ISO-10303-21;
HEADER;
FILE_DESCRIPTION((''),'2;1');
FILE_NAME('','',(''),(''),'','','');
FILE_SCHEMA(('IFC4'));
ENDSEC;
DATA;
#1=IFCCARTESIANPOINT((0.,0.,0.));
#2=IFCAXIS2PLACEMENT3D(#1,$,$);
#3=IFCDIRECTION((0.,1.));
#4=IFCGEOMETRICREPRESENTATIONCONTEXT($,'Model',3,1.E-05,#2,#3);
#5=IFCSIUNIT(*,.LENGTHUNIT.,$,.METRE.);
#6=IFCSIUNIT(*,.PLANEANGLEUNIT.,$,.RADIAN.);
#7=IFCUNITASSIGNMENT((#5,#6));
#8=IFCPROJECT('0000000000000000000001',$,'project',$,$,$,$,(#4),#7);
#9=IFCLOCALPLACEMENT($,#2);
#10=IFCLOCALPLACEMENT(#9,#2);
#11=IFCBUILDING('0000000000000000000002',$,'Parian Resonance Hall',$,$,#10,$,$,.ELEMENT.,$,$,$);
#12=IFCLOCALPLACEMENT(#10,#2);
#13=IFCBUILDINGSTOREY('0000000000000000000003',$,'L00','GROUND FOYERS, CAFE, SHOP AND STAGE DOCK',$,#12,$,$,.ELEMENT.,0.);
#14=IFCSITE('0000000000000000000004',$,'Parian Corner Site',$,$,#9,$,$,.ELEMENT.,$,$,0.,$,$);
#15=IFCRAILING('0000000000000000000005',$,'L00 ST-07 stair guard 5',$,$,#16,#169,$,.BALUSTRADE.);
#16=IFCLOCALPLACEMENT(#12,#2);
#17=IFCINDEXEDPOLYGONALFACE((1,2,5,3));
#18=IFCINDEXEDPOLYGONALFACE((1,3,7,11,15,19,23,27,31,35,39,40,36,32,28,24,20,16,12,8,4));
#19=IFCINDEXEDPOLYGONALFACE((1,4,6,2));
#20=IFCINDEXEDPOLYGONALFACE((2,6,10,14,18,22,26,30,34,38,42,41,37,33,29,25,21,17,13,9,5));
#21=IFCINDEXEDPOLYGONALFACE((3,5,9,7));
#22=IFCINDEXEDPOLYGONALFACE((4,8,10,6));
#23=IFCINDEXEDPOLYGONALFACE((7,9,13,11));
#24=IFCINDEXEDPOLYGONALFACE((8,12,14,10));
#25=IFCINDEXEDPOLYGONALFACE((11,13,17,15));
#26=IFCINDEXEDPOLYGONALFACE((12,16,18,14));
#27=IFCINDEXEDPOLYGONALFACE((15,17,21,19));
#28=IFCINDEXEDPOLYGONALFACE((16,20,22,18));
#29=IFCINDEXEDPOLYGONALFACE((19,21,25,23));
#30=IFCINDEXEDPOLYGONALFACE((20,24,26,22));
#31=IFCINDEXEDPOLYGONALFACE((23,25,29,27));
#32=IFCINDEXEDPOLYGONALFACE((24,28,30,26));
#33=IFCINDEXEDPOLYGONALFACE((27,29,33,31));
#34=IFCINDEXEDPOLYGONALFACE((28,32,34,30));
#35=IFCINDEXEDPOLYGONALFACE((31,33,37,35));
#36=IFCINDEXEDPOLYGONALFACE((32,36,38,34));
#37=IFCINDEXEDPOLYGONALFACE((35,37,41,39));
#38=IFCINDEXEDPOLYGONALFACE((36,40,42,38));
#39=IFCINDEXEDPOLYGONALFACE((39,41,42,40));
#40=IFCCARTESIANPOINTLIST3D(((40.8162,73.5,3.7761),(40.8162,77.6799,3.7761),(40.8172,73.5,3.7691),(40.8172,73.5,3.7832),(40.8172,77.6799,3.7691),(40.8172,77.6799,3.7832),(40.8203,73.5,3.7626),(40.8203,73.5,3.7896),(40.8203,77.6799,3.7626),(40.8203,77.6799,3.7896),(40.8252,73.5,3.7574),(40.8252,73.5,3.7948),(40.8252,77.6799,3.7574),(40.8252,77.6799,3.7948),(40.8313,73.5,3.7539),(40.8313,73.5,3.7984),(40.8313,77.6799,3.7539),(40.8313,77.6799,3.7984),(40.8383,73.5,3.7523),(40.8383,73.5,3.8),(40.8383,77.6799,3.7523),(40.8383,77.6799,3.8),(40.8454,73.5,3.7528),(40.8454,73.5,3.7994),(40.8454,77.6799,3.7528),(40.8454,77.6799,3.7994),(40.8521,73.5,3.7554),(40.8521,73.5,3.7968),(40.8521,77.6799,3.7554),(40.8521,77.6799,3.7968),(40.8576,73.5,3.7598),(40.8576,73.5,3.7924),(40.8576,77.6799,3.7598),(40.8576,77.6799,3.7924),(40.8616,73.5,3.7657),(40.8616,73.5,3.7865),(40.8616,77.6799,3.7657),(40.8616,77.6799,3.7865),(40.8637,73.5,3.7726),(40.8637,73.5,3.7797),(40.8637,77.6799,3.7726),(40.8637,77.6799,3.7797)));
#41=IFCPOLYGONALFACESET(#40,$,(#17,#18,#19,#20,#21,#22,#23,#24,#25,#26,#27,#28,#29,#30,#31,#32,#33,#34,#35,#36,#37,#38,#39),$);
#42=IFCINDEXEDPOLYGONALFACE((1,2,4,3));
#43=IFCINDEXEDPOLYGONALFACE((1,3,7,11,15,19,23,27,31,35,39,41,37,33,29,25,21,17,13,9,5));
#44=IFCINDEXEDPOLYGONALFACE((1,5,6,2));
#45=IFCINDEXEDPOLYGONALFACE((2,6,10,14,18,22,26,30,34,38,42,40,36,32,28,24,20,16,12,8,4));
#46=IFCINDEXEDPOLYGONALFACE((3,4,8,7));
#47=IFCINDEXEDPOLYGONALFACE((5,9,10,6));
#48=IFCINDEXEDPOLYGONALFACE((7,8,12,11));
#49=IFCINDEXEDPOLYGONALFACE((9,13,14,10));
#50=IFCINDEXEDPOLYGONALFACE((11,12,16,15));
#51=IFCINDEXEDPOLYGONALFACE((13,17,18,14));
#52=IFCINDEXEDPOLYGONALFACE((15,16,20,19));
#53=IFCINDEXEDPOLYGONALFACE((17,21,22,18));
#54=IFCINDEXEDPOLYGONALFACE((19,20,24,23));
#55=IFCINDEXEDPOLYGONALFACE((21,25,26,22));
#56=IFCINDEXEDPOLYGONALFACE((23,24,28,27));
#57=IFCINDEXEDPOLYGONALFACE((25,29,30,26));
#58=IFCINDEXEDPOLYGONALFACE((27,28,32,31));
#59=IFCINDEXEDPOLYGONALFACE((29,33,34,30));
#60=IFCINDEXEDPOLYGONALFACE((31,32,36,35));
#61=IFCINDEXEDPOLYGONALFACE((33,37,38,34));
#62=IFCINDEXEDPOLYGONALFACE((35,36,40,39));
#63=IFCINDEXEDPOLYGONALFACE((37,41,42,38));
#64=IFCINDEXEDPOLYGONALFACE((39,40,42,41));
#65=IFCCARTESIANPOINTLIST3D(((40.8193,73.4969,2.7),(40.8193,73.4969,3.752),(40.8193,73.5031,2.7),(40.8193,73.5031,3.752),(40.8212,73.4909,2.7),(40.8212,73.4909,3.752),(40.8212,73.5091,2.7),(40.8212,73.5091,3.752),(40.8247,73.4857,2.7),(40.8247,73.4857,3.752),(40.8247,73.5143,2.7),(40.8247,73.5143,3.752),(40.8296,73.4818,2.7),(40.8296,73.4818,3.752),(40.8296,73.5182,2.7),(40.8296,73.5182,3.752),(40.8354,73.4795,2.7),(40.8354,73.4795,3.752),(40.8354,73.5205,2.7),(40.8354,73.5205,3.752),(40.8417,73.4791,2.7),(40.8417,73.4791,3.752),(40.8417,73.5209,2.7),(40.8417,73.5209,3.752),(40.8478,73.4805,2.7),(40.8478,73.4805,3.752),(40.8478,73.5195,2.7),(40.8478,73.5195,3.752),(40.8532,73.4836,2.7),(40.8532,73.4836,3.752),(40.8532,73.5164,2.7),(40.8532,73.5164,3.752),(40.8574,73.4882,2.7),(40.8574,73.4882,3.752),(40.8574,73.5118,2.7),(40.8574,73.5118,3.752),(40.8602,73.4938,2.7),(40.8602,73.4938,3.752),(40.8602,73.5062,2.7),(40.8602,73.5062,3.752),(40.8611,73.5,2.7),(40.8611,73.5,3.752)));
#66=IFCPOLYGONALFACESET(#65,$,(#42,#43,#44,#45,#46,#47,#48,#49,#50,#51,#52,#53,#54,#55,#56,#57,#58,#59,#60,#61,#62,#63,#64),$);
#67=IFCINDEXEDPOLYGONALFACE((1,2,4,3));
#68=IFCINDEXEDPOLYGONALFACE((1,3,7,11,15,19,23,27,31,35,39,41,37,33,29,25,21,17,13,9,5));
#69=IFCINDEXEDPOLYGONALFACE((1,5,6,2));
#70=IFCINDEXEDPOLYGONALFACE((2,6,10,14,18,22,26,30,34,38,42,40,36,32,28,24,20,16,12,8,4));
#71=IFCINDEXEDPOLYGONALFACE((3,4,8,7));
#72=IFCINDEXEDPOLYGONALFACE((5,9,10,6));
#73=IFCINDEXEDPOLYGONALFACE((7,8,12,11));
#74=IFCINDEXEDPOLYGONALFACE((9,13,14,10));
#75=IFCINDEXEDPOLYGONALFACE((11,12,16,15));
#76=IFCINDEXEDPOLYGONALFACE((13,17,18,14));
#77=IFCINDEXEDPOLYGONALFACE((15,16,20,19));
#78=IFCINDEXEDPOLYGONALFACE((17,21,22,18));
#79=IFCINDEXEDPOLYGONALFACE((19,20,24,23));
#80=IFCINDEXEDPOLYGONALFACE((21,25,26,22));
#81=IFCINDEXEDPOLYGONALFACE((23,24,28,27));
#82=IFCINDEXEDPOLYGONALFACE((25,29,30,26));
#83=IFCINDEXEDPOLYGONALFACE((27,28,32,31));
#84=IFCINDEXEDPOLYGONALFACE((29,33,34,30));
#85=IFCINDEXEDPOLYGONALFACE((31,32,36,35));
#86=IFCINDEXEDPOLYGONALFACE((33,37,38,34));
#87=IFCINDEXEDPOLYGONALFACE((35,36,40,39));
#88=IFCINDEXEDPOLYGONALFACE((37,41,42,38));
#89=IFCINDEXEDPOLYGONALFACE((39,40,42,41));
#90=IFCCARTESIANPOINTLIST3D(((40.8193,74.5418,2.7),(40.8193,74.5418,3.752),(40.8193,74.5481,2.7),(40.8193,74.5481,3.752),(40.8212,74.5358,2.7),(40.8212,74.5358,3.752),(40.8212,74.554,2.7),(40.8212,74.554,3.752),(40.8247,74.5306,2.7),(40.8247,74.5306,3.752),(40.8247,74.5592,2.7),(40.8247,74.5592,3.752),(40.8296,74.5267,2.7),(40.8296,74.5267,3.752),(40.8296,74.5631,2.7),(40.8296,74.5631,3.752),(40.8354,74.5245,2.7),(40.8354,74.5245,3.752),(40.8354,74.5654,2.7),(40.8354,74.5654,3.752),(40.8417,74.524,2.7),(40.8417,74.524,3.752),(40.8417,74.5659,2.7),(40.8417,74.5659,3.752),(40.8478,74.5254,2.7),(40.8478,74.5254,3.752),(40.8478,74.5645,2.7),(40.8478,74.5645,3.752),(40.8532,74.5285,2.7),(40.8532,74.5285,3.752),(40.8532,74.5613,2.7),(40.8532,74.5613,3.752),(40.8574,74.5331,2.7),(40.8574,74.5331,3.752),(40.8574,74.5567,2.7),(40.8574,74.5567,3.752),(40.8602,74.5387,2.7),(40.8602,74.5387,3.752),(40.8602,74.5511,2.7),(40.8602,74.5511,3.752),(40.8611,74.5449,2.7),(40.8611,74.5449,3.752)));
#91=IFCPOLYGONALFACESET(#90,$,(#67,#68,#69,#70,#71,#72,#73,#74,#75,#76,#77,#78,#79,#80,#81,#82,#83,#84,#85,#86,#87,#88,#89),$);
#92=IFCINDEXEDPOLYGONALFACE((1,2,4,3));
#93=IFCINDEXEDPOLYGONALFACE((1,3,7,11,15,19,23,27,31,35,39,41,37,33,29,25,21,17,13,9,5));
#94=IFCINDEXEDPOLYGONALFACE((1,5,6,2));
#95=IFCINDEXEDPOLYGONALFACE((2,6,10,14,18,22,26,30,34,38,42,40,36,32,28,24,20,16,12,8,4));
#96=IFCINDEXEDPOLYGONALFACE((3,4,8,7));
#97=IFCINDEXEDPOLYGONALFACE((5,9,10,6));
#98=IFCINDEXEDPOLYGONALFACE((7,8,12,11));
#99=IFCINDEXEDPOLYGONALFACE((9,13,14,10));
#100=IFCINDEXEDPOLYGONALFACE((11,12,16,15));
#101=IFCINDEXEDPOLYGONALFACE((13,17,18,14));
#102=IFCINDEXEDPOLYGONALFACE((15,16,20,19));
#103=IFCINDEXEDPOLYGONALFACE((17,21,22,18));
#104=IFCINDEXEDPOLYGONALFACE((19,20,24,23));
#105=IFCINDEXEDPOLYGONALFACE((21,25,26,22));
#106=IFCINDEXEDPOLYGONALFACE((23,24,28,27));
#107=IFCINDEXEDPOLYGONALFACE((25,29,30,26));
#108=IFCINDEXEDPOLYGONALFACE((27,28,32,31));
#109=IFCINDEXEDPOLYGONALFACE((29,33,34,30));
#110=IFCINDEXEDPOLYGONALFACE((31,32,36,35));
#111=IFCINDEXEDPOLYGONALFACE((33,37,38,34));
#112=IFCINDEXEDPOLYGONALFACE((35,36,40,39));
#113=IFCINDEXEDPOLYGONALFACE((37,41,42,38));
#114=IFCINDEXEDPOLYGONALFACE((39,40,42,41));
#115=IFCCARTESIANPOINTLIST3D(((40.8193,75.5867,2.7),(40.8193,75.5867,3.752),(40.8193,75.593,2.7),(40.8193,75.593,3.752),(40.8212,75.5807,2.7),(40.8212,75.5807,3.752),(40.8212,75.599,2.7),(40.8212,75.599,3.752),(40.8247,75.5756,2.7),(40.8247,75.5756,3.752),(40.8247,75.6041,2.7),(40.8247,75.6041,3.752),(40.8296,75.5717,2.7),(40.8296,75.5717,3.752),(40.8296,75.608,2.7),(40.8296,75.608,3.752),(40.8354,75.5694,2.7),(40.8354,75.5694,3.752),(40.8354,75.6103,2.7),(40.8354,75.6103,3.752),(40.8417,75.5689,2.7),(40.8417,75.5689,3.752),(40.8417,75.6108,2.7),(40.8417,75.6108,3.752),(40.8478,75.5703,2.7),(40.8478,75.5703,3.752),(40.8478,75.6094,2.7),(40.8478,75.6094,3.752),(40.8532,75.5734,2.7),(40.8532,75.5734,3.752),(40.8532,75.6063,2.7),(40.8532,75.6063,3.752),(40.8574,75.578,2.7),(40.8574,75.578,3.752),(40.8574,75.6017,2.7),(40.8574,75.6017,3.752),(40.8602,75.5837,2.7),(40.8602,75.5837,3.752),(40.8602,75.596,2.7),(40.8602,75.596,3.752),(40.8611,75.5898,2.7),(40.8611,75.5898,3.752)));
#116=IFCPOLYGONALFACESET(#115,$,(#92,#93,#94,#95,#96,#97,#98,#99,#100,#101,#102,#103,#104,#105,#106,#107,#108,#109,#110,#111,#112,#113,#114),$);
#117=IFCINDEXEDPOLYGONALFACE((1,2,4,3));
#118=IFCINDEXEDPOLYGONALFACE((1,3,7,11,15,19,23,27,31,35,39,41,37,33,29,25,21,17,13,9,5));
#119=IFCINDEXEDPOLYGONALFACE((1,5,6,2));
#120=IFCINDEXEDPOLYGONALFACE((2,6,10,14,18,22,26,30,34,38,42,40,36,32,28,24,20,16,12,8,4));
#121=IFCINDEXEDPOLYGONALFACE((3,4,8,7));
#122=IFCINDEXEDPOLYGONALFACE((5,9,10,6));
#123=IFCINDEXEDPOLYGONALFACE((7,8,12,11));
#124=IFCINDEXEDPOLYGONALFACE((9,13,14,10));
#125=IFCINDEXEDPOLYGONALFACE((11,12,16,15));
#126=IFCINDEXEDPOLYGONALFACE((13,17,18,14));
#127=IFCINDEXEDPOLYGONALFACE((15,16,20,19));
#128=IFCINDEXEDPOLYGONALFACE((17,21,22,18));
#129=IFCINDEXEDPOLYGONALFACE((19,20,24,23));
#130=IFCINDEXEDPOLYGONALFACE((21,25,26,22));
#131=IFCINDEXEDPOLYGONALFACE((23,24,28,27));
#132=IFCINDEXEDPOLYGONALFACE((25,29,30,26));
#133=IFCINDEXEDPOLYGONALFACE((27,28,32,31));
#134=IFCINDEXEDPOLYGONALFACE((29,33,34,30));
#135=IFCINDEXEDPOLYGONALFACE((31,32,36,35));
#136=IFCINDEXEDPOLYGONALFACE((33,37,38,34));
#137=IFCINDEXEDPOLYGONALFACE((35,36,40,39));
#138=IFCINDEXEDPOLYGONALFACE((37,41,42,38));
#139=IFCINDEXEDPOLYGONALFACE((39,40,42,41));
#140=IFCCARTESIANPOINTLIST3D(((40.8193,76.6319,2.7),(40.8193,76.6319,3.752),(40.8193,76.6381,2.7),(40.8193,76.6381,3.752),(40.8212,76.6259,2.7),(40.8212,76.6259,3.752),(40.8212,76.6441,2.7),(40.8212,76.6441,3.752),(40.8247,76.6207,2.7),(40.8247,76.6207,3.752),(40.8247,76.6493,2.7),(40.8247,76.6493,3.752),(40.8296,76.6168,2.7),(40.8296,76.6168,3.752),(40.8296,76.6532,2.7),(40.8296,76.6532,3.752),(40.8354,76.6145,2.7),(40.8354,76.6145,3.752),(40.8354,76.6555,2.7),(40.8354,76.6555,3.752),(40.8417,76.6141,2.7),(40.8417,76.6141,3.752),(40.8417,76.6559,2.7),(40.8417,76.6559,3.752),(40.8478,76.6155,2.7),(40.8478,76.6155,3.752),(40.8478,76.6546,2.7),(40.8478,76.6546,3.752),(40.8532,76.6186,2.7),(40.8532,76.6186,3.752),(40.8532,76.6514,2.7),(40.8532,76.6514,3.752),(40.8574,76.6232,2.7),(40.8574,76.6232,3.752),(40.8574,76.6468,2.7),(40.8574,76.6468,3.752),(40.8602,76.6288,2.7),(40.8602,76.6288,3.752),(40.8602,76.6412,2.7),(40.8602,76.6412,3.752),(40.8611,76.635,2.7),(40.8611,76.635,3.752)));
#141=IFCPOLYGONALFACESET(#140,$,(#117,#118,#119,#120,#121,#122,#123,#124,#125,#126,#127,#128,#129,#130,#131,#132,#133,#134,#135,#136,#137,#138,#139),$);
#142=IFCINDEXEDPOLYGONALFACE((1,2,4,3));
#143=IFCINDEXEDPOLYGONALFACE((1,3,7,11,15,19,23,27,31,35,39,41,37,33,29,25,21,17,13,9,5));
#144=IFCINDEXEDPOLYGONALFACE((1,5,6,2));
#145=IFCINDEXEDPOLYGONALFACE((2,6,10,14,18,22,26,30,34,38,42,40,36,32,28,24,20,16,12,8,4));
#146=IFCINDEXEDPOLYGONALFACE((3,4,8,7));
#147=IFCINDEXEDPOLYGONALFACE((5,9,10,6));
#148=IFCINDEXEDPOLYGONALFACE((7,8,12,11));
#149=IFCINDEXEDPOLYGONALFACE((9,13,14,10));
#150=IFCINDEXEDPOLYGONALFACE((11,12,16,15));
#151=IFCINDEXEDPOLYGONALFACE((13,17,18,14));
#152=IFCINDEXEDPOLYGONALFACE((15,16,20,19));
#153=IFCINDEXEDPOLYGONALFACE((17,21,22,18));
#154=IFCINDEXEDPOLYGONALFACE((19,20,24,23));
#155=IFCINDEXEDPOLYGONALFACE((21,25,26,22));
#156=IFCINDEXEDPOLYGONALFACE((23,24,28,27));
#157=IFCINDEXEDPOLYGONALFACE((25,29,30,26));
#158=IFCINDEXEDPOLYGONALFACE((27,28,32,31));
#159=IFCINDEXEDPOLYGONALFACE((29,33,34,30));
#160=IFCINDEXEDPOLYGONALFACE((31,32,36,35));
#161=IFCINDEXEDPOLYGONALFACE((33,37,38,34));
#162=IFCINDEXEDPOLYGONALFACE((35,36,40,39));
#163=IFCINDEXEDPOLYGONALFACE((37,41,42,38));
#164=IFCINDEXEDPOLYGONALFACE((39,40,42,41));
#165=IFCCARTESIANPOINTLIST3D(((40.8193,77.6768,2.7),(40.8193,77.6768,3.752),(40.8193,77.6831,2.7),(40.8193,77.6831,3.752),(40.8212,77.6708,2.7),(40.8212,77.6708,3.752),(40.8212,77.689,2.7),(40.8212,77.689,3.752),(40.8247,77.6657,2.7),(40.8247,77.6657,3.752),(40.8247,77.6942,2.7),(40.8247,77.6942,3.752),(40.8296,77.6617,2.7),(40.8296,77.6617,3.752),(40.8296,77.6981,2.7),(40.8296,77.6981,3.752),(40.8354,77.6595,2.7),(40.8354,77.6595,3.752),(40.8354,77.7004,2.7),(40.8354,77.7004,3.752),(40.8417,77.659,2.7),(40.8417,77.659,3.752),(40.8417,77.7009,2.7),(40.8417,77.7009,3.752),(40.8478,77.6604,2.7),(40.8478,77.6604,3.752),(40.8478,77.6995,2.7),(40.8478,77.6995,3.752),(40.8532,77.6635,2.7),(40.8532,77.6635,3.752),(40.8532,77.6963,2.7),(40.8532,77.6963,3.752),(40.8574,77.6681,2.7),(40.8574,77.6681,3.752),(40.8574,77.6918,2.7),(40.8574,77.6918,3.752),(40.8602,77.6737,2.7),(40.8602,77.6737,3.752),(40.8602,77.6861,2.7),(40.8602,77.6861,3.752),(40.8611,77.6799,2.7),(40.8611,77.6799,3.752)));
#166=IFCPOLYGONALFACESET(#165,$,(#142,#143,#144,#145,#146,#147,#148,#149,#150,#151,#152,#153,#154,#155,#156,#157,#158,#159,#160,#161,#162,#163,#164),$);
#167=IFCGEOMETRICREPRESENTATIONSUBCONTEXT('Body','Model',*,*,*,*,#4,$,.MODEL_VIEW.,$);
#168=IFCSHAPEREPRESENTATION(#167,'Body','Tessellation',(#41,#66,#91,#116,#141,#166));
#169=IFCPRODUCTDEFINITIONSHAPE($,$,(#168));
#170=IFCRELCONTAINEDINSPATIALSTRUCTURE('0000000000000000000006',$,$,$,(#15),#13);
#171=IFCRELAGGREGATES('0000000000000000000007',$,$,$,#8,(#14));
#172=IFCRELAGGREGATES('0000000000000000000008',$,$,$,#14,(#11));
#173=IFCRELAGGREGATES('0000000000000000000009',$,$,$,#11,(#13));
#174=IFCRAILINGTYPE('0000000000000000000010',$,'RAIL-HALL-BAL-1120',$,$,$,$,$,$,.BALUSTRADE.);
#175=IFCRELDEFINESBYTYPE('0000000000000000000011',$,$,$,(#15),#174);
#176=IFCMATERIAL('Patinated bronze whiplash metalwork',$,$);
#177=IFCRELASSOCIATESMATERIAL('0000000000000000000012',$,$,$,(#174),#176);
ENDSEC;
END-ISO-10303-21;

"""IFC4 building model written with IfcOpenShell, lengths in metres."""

from ifc_helpers import new_model, si_unit, direction, frame, origin, origin_2d, place, context, subcontext, project, spatial, circle, extrude, material, type_object, element, save


model = new_model("IFC4")

# Units and contexts
model_context = context("Model", 3, precision=1e-05, world=origin(), true_north=direction((0.0, 1.0)))
body_context = subcontext(model_context, "Body", "Model", "MODEL_VIEW")
ifc_project = project(units=[si_unit("LENGTHUNIT", "METRE"), si_unit("PLANEANGLEUNIT", "RADIAN")], contexts=[model_context])

# Site, building, storey
site_placement = place(None, origin())
site = spatial("IfcSite", under=ifc_project, at=site_placement, Name="Parian Corner Site", CompositionType="ELEMENT", RefElevation=0.0)
building_placement = place(site_placement, origin())
building = spatial("IfcBuilding", under=site, at=building_placement, Name="Parian Resonance Hall", CompositionType="ELEMENT")
storey_placement = place(building_placement, origin())
storey = spatial("IfcBuildingStorey", under=building, at=storey_placement, Name="L00", Description="GROUND FOYERS, CAFE, SHOP AND STAGE DOCK", CompositionType="ELEMENT", Elevation=0.0)

# Railing
ifc_material_1 = material(Name="Patinated bronze whiplash metalwork")
railing_type_1 = type_object("IfcRailingType", Name="RAIL-HALL-BAL-1120", PredefinedType="BALUSTRADE", material=ifc_material_1)
railing_1_placement = place(storey_placement, frame((40.8401, 73.5, 2.7)))
element("IfcRailing", 1, at=railing_1_placement, inside=storey, type_object=railing_type_1, Name="L00 ST-07 stair guard 5", PredefinedType="BALUSTRADE", context=body_context, shape_type="SweptSolid", body=[
    extrude(circle(Radius=0.0239, at=origin_2d()), frame((0.0, 0.0, 1.0762), z_axis=(0.0, 1.0, 0.0), x_axis=(-1.0, 0.0, 0.0)), (0.0, 0.0, 1.0), 4.1799),
    extrude(circle(Radius=0.021, at=origin_2d()), origin(), (0.0, 0.0, 1.0), 1.052),
    extrude(circle(Radius=0.021, at=origin_2d()), frame((0.0, 1.0449, 0.0)), (0.0, 0.0, 1.0), 1.052),
    extrude(circle(Radius=0.021, at=origin_2d()), frame((0.0, 2.0898, 0.0)), (0.0, 0.0, 1.0), 1.052),
    extrude(circle(Radius=0.021, at=origin_2d()), frame((0.0, 3.135, 0.0)), (0.0, 0.0, 1.0), 1.052),
    extrude(circle(Radius=0.021, at=origin_2d()), frame((0.0, 4.1799, 0.0)), (0.0, 0.0, 1.0), 1.052),
])

save(model, "model.ifc")
